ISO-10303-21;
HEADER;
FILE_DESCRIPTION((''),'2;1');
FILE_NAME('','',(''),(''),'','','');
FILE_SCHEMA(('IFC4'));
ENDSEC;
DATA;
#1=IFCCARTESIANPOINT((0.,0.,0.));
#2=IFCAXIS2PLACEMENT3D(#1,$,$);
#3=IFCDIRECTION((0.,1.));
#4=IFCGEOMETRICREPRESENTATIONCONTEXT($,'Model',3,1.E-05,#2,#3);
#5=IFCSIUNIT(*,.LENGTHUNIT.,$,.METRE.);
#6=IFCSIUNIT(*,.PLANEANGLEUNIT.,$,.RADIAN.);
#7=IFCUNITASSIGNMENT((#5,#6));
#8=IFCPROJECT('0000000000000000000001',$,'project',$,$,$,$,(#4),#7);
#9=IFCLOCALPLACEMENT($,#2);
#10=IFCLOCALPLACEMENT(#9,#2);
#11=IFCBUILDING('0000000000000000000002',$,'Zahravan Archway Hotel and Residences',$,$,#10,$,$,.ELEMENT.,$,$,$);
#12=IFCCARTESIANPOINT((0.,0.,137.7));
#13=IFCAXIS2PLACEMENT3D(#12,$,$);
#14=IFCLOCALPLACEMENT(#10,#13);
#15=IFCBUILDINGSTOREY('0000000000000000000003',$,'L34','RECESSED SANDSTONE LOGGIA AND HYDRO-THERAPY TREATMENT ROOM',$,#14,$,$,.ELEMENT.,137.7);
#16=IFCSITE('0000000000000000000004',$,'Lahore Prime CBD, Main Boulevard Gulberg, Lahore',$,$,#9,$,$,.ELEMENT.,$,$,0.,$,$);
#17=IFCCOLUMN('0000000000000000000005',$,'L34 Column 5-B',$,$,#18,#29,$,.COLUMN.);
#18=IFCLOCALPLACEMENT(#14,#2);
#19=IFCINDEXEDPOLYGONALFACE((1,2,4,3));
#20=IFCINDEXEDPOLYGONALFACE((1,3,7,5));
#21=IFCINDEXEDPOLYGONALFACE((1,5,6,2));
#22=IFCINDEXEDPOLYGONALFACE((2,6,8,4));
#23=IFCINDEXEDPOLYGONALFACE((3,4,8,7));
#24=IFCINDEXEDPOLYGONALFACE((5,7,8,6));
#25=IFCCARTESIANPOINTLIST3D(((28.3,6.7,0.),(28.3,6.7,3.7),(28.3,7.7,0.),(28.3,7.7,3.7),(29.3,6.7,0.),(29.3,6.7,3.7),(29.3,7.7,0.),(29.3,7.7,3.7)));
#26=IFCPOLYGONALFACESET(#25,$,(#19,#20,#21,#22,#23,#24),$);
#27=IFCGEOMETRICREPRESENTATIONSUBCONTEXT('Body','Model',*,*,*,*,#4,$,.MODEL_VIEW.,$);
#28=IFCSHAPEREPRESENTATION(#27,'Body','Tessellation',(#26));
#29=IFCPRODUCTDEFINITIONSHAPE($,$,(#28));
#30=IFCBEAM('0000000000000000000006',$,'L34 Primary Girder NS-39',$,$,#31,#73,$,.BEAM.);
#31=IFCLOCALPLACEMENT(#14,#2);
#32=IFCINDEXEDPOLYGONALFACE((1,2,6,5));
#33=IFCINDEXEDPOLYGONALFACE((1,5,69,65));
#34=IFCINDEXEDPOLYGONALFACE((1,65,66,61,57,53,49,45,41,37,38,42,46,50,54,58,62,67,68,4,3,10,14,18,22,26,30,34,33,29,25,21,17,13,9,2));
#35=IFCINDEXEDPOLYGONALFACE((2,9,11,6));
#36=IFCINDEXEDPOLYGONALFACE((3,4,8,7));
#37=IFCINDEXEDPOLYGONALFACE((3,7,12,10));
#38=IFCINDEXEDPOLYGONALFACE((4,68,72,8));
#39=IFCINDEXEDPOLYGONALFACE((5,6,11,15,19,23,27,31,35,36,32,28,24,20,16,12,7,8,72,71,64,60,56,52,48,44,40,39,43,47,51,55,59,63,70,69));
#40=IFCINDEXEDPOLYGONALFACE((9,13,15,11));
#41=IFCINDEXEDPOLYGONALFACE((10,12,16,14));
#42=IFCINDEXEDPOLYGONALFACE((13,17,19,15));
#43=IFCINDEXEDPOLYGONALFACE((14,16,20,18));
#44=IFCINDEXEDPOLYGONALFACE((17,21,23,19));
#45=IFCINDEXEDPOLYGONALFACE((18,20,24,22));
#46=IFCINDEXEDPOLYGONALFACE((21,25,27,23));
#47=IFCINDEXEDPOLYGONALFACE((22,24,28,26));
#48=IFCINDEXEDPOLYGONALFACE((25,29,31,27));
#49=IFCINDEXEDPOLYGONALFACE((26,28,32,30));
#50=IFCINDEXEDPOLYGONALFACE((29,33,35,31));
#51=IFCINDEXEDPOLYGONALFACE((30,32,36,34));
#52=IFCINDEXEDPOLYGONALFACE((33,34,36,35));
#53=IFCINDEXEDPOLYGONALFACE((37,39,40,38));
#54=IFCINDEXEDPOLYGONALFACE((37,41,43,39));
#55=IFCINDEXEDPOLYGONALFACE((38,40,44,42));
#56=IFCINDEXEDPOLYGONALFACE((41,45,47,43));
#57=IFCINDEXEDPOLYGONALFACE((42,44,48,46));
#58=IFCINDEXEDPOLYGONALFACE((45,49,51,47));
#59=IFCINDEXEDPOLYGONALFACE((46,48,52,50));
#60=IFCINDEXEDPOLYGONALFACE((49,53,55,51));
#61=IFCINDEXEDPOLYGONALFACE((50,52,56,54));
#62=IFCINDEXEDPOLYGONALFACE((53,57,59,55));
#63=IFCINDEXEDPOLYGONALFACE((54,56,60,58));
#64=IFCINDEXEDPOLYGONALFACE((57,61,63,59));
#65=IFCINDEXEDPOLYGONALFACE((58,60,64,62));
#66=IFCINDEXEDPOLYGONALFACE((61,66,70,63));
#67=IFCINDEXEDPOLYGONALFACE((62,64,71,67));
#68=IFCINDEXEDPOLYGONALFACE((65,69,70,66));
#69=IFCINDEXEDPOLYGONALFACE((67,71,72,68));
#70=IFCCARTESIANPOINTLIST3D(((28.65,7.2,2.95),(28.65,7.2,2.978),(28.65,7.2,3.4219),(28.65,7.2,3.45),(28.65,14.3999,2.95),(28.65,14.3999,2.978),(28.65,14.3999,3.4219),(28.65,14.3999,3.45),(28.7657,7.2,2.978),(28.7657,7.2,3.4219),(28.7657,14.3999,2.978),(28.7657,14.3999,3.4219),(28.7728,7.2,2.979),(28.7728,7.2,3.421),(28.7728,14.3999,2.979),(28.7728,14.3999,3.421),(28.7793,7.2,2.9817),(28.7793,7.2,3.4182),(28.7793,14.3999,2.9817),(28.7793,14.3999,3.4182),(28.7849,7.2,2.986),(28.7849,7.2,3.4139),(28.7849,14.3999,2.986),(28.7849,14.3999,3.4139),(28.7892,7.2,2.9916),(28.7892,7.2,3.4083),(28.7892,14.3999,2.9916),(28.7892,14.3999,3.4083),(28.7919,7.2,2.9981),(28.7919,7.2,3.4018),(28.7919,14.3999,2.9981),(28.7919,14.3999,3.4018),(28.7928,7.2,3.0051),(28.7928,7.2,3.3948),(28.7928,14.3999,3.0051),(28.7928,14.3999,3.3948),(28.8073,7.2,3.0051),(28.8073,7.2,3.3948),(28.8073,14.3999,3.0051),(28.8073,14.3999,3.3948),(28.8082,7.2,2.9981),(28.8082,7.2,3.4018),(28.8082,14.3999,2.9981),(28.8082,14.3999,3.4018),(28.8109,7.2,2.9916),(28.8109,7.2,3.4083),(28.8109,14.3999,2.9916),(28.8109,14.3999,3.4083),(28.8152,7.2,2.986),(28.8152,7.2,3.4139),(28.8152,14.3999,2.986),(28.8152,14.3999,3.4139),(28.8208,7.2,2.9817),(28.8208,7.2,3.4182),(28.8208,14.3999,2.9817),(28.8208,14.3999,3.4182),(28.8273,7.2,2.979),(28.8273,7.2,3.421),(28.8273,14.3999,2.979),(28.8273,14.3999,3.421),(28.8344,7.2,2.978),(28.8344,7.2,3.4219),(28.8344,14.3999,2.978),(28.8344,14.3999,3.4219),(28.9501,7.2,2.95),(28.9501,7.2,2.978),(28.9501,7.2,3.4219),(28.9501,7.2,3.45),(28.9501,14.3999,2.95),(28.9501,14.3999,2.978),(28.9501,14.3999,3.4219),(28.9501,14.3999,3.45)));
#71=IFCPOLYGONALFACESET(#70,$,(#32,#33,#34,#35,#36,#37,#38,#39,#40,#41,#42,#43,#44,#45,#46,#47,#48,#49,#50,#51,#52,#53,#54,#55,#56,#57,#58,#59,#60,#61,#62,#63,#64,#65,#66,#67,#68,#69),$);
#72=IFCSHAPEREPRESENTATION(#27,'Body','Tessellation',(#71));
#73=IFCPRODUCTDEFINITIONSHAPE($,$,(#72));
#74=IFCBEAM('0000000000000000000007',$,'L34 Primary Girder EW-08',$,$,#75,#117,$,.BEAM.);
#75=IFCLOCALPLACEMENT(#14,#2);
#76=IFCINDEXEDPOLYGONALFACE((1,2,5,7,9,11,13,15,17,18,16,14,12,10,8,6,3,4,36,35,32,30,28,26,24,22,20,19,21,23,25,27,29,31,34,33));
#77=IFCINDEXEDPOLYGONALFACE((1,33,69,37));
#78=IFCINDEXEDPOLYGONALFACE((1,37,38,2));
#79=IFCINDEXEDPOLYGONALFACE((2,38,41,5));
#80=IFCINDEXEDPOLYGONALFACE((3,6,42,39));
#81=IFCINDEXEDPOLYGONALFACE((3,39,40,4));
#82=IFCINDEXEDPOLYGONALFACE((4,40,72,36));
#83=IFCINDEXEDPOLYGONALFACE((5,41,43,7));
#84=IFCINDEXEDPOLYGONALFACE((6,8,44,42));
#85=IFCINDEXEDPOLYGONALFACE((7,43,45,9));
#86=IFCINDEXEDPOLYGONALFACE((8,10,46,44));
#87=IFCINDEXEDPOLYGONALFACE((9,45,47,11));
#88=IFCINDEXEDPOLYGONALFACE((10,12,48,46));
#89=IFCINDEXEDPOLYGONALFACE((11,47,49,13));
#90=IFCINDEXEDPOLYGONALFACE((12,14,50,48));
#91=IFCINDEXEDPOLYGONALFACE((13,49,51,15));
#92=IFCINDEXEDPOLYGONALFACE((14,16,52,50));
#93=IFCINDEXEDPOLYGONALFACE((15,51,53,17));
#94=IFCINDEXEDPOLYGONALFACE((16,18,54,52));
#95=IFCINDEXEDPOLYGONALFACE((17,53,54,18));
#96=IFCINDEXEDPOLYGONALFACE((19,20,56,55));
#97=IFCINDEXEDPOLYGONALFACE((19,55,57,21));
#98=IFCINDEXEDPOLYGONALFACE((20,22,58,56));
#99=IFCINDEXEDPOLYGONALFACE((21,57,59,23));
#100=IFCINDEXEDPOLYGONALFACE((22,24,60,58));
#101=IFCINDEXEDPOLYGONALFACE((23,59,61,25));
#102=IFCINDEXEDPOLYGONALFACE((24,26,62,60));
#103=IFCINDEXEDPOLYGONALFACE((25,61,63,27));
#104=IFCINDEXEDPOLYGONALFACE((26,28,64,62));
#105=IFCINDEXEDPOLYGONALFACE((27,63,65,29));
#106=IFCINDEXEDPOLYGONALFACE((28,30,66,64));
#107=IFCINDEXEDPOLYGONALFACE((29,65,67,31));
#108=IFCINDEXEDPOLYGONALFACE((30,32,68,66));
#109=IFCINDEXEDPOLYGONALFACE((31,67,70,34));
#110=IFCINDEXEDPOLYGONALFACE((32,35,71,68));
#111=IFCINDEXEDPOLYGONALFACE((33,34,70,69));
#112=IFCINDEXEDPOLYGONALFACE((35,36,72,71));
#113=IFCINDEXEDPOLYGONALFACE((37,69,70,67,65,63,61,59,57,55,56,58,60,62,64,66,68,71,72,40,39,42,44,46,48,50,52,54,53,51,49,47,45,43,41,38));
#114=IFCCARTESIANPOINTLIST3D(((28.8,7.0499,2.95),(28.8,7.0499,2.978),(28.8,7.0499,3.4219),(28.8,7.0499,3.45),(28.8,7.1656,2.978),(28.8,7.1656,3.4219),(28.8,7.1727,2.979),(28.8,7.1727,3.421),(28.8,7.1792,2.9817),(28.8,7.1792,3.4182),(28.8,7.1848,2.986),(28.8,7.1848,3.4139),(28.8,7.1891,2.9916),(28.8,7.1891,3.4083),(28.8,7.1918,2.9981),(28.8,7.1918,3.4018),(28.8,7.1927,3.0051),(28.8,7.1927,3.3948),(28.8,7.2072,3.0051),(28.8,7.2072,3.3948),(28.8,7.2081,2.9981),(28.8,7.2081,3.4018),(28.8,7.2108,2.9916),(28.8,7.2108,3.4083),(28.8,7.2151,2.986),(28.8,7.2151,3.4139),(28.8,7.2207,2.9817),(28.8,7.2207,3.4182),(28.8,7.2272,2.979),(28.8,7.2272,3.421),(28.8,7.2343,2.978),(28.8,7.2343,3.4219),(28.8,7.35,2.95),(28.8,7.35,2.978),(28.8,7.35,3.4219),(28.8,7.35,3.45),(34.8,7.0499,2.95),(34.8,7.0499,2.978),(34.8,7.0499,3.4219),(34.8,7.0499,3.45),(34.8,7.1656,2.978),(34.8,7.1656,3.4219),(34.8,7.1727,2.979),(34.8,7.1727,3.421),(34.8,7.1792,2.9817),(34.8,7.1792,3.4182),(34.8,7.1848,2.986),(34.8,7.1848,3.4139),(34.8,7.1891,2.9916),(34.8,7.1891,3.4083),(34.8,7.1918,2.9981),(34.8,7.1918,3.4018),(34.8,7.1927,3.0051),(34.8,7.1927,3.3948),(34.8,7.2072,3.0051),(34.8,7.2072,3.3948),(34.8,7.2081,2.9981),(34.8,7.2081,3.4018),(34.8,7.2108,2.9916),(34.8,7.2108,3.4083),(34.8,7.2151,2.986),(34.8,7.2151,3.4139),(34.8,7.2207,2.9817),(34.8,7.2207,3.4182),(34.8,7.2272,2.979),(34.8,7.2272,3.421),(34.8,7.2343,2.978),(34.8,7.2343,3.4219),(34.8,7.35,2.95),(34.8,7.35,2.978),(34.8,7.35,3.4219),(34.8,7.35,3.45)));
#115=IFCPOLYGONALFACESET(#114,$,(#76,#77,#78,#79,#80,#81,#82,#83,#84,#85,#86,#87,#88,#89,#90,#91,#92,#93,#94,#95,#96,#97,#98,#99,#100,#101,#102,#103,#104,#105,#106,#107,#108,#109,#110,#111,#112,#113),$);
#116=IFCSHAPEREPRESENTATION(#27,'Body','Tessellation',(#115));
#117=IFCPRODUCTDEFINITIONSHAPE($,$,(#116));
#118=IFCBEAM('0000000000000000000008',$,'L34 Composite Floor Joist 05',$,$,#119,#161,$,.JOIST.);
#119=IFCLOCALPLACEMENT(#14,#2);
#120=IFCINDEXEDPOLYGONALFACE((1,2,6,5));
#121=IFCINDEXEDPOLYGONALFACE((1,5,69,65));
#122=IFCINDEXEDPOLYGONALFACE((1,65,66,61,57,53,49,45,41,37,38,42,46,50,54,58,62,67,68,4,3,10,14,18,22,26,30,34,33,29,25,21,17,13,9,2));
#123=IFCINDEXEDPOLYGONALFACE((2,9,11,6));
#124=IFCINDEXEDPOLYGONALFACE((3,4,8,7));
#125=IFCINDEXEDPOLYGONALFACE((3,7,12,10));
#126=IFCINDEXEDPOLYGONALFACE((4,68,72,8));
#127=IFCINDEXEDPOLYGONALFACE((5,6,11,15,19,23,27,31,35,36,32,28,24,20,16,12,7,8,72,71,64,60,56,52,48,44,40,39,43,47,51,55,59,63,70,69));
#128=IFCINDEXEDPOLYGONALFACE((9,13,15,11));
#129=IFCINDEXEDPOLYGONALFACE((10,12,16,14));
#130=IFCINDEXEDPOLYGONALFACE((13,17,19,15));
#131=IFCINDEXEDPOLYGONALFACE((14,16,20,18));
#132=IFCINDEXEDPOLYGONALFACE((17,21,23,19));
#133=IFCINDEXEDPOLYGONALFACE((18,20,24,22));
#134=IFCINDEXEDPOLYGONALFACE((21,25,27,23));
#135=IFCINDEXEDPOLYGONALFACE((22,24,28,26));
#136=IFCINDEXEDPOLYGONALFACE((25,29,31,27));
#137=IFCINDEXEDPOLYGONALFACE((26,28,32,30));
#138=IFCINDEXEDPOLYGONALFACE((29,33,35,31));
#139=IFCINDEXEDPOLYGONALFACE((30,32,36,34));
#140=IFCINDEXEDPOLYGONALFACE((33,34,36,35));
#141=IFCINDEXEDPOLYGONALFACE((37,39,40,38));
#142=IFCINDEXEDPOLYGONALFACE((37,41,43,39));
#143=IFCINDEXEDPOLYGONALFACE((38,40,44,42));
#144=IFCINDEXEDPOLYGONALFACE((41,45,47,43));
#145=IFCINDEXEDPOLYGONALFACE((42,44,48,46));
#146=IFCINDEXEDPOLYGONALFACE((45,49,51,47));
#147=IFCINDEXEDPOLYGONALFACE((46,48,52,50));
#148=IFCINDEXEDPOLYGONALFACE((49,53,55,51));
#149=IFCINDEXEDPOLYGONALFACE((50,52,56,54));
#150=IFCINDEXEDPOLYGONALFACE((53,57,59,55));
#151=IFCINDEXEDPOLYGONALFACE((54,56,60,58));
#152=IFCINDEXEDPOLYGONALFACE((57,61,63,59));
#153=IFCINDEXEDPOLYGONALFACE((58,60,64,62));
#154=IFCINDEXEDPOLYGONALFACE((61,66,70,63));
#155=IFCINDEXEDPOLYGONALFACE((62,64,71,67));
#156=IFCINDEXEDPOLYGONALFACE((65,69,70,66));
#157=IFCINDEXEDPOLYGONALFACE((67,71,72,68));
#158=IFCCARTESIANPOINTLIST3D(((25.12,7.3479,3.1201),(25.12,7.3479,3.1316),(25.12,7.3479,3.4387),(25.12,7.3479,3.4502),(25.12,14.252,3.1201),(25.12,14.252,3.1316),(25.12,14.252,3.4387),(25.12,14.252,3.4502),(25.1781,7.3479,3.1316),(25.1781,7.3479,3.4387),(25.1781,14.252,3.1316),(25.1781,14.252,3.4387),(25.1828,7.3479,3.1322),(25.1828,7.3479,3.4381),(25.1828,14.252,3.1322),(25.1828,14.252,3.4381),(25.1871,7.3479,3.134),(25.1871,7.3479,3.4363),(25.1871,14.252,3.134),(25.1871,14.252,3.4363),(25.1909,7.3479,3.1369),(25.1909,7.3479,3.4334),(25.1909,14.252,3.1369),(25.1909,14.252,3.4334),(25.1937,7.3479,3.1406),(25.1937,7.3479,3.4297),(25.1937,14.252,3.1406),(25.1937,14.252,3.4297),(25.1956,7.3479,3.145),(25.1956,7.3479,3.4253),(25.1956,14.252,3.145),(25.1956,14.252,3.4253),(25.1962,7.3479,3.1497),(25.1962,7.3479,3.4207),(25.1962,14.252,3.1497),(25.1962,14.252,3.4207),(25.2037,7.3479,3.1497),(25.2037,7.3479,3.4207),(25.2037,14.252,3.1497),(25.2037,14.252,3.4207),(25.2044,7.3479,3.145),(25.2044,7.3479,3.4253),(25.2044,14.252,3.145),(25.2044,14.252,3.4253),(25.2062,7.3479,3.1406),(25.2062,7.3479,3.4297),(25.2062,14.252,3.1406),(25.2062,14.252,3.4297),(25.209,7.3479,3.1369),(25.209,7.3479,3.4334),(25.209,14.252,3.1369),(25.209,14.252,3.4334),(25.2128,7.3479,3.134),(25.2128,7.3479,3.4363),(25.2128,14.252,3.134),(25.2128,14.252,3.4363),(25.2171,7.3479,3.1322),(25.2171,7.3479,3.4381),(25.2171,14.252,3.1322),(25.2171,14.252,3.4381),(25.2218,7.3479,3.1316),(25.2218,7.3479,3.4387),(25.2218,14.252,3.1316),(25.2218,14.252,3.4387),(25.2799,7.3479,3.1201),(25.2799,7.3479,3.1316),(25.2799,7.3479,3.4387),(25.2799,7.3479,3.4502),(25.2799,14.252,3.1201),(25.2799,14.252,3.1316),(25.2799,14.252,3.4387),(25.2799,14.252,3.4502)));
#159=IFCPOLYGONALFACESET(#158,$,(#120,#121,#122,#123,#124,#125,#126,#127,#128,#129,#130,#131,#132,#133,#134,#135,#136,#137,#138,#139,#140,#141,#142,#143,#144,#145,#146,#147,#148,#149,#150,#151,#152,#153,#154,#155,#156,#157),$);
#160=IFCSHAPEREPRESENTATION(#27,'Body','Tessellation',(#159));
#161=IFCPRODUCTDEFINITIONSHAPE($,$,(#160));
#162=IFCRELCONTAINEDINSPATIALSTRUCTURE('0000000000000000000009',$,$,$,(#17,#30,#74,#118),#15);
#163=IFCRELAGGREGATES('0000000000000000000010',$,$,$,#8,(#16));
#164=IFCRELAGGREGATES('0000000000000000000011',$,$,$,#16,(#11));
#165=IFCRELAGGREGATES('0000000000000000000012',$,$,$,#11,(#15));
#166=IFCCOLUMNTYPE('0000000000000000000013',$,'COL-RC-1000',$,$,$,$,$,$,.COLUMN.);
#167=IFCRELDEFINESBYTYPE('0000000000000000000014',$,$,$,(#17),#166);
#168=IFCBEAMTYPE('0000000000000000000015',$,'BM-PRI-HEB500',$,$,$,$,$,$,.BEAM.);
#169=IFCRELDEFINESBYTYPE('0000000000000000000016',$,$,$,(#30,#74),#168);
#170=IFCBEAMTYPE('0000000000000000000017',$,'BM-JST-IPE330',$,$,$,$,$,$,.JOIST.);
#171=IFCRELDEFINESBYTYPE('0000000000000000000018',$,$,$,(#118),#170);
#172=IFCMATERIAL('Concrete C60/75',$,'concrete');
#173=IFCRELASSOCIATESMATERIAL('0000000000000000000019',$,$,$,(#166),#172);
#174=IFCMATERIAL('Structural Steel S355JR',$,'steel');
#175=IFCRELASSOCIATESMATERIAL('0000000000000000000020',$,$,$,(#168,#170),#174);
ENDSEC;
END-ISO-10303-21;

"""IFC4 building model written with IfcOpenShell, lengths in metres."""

from ifc_helpers import new_model, si_unit, direction, frame, origin, origin_2d, place, context, subcontext, project, spatial, rectangle, i_section, extrude, source, transform, mapped, material, material_profile, profile_set, type_object, type_shapes, element, save


model = new_model("IFC4")

# Units and contexts
model_context = context("Model", 3, precision=1e-05, world=origin(), true_north=direction((0.0, 1.0)))
body_context = subcontext(model_context, "Body", "Model", "MODEL_VIEW")
ifc_project = project(units=[si_unit("LENGTHUNIT", "METRE"), si_unit("PLANEANGLEUNIT", "RADIAN")], contexts=[model_context])

# Site, building, storey
site_placement = place(None, origin())
site = spatial("IfcSite", under=ifc_project, at=site_placement, Name="Lahore Prime CBD, Main Boulevard Gulberg, Lahore", CompositionType="ELEMENT", RefElevation=0.0)
building_placement = place(site_placement, origin())
building = spatial("IfcBuilding", under=site, at=building_placement, Name="Zahravan Archway Hotel and Residences", CompositionType="ELEMENT")
storey_placement = place(building_placement, frame((0.0, 0.0, 137.7)))
storey = spatial("IfcBuildingStorey", under=building, at=storey_placement, Name="L34", Description="RECESSED SANDSTONE LOGGIA AND HYDRO-THERAPY TREATMENT ROOM", CompositionType="ELEMENT", Elevation=137.7)

# Column
ifc_material_1 = material(Name="Concrete C60/75", Category="concrete")
ifc_material_profile_1 = material_profile(ifc_material_1, rectangle(XDim=1.0, YDim=1.0, at=origin_2d()), Name="RC-COL-1000x1000", Category="concrete")
ifc_profile_set_1 = profile_set([ifc_material_profile_1], Name="Concrete C60/75")
column_type = type_object("IfcColumnType", Name="COL-RC-1000", PredefinedType="COLUMN", material=ifc_profile_set_1)
shared_shape_1 = source(origin(), body_context, "Body", "SweptSolid", [
    extrude(rectangle(XDim=1.0, YDim=1.0, at=origin_2d()), origin(), (0.0, 0.0, 1.0), 3.7),
])
type_shapes(column_type, [shared_shape_1])
column_placement = place(storey_placement, frame((28.8, 7.2, 0.0), z_axis=(0.0, 0.0, 1.0), x_axis=(1.0, 0.0, 0.0)))
element("IfcColumn", 1, at=column_placement, inside=storey, type_object=column_type, Name="L34 Column 5-B", PredefinedType="COLUMN", context=body_context, shape_type="MappedRepresentation", body=[
    mapped(shared_shape_1, transform((0.0, 0.0, 0.0), scale=1.0)),
])

# Beams
ifc_material_2 = material(Name="Structural Steel S355JR", Category="steel")
ifc_material_profile_2 = material_profile(ifc_material_2, i_section(OverallWidth=0.3, OverallDepth=0.5, WebThickness=0.0144, FlangeThickness=0.0281, FilletRadius=0.0271, at=origin_2d()), Name="HEB 500", Category="steel")
ifc_profile_set_2 = profile_set([ifc_material_profile_2], Name="Structural Steel S355JR")
beam_type_1 = type_object("IfcBeamType", Name="BM-PRI-HEB500", PredefinedType="BEAM", material=ifc_profile_set_2)
shared_shape_2 = source(origin(), body_context, "Body", "SweptSolid", [
    extrude(i_section(OverallWidth=0.3, OverallDepth=0.5, WebThickness=0.0144, FlangeThickness=0.0281, FilletRadius=0.0271, at=origin_2d()), origin(), (0.0, 0.0, 1.0), 7.2),
])
beam_1_placement = place(storey_placement, frame((28.8, 7.2, 3.2), z_axis=(0.0, 1.0, 0.0), x_axis=(-1.0, 0.0, 0.0)))
element("IfcBeam", 2, at=beam_1_placement, inside=storey, type_object=beam_type_1, Name="L34 Primary Girder NS-39", PredefinedType="BEAM", context=body_context, shape_type="MappedRepresentation", body=[
    mapped(shared_shape_2, transform((0.0, 0.0, 0.0), scale=1.0)),
])
shared_shape_3 = source(origin(), body_context, "Body", "SweptSolid", [
    extrude(i_section(OverallWidth=0.3, OverallDepth=0.5, WebThickness=0.0144, FlangeThickness=0.0281, FilletRadius=0.0271, at=origin_2d()), origin(), (0.0, 0.0, 1.0), 6.0),
])
beam_2_placement = place(storey_placement, frame((28.8, 7.2, 3.2), z_axis=(1.0, 0.0, 0.0), x_axis=(0.0, 1.0, 0.0)))
element("IfcBeam", 3, at=beam_2_placement, inside=storey, type_object=beam_type_1, Name="L34 Primary Girder EW-08", PredefinedType="BEAM", context=body_context, shape_type="MappedRepresentation", body=[
    mapped(shared_shape_3, transform((0.0, 0.0, 0.0), scale=1.0)),
])
ifc_material_profile_3 = material_profile(ifc_material_2, i_section(OverallWidth=0.1599, OverallDepth=0.3301, WebThickness=0.0076, FlangeThickness=0.0115, FilletRadius=0.0181, at=origin_2d()), Name="IPE 330", Category="steel")
ifc_profile_set_3 = profile_set([ifc_material_profile_3], Name="Structural Steel S355JR")
beam_type_2 = type_object("IfcBeamType", Name="BM-JST-IPE330", PredefinedType="JOIST", material=ifc_profile_set_3)
shared_shape_4 = source(origin(), body_context, "Body", "SweptSolid", [
    extrude(i_section(OverallWidth=0.1599, OverallDepth=0.3301, WebThickness=0.0076, FlangeThickness=0.0115, FilletRadius=0.0181, at=origin_2d()), origin(), (0.0, 0.0, 1.0), 6.9041),
])
type_shapes(beam_type_2, [shared_shape_4])
beam_3_placement = place(storey_placement, frame((25.2, 7.3479, 3.2852), z_axis=(0.0, 1.0, 0.0), x_axis=(-1.0, 0.0, 0.0)))
element("IfcBeam", 4, at=beam_3_placement, inside=storey, type_object=beam_type_2, Name="L34 Composite Floor Joist 05", PredefinedType="JOIST", context=body_context, shape_type="MappedRepresentation", body=[
    mapped(shared_shape_4, transform((0.0, 0.0, 0.0), scale=1.0)),
])

save(model, "model.ifc")
